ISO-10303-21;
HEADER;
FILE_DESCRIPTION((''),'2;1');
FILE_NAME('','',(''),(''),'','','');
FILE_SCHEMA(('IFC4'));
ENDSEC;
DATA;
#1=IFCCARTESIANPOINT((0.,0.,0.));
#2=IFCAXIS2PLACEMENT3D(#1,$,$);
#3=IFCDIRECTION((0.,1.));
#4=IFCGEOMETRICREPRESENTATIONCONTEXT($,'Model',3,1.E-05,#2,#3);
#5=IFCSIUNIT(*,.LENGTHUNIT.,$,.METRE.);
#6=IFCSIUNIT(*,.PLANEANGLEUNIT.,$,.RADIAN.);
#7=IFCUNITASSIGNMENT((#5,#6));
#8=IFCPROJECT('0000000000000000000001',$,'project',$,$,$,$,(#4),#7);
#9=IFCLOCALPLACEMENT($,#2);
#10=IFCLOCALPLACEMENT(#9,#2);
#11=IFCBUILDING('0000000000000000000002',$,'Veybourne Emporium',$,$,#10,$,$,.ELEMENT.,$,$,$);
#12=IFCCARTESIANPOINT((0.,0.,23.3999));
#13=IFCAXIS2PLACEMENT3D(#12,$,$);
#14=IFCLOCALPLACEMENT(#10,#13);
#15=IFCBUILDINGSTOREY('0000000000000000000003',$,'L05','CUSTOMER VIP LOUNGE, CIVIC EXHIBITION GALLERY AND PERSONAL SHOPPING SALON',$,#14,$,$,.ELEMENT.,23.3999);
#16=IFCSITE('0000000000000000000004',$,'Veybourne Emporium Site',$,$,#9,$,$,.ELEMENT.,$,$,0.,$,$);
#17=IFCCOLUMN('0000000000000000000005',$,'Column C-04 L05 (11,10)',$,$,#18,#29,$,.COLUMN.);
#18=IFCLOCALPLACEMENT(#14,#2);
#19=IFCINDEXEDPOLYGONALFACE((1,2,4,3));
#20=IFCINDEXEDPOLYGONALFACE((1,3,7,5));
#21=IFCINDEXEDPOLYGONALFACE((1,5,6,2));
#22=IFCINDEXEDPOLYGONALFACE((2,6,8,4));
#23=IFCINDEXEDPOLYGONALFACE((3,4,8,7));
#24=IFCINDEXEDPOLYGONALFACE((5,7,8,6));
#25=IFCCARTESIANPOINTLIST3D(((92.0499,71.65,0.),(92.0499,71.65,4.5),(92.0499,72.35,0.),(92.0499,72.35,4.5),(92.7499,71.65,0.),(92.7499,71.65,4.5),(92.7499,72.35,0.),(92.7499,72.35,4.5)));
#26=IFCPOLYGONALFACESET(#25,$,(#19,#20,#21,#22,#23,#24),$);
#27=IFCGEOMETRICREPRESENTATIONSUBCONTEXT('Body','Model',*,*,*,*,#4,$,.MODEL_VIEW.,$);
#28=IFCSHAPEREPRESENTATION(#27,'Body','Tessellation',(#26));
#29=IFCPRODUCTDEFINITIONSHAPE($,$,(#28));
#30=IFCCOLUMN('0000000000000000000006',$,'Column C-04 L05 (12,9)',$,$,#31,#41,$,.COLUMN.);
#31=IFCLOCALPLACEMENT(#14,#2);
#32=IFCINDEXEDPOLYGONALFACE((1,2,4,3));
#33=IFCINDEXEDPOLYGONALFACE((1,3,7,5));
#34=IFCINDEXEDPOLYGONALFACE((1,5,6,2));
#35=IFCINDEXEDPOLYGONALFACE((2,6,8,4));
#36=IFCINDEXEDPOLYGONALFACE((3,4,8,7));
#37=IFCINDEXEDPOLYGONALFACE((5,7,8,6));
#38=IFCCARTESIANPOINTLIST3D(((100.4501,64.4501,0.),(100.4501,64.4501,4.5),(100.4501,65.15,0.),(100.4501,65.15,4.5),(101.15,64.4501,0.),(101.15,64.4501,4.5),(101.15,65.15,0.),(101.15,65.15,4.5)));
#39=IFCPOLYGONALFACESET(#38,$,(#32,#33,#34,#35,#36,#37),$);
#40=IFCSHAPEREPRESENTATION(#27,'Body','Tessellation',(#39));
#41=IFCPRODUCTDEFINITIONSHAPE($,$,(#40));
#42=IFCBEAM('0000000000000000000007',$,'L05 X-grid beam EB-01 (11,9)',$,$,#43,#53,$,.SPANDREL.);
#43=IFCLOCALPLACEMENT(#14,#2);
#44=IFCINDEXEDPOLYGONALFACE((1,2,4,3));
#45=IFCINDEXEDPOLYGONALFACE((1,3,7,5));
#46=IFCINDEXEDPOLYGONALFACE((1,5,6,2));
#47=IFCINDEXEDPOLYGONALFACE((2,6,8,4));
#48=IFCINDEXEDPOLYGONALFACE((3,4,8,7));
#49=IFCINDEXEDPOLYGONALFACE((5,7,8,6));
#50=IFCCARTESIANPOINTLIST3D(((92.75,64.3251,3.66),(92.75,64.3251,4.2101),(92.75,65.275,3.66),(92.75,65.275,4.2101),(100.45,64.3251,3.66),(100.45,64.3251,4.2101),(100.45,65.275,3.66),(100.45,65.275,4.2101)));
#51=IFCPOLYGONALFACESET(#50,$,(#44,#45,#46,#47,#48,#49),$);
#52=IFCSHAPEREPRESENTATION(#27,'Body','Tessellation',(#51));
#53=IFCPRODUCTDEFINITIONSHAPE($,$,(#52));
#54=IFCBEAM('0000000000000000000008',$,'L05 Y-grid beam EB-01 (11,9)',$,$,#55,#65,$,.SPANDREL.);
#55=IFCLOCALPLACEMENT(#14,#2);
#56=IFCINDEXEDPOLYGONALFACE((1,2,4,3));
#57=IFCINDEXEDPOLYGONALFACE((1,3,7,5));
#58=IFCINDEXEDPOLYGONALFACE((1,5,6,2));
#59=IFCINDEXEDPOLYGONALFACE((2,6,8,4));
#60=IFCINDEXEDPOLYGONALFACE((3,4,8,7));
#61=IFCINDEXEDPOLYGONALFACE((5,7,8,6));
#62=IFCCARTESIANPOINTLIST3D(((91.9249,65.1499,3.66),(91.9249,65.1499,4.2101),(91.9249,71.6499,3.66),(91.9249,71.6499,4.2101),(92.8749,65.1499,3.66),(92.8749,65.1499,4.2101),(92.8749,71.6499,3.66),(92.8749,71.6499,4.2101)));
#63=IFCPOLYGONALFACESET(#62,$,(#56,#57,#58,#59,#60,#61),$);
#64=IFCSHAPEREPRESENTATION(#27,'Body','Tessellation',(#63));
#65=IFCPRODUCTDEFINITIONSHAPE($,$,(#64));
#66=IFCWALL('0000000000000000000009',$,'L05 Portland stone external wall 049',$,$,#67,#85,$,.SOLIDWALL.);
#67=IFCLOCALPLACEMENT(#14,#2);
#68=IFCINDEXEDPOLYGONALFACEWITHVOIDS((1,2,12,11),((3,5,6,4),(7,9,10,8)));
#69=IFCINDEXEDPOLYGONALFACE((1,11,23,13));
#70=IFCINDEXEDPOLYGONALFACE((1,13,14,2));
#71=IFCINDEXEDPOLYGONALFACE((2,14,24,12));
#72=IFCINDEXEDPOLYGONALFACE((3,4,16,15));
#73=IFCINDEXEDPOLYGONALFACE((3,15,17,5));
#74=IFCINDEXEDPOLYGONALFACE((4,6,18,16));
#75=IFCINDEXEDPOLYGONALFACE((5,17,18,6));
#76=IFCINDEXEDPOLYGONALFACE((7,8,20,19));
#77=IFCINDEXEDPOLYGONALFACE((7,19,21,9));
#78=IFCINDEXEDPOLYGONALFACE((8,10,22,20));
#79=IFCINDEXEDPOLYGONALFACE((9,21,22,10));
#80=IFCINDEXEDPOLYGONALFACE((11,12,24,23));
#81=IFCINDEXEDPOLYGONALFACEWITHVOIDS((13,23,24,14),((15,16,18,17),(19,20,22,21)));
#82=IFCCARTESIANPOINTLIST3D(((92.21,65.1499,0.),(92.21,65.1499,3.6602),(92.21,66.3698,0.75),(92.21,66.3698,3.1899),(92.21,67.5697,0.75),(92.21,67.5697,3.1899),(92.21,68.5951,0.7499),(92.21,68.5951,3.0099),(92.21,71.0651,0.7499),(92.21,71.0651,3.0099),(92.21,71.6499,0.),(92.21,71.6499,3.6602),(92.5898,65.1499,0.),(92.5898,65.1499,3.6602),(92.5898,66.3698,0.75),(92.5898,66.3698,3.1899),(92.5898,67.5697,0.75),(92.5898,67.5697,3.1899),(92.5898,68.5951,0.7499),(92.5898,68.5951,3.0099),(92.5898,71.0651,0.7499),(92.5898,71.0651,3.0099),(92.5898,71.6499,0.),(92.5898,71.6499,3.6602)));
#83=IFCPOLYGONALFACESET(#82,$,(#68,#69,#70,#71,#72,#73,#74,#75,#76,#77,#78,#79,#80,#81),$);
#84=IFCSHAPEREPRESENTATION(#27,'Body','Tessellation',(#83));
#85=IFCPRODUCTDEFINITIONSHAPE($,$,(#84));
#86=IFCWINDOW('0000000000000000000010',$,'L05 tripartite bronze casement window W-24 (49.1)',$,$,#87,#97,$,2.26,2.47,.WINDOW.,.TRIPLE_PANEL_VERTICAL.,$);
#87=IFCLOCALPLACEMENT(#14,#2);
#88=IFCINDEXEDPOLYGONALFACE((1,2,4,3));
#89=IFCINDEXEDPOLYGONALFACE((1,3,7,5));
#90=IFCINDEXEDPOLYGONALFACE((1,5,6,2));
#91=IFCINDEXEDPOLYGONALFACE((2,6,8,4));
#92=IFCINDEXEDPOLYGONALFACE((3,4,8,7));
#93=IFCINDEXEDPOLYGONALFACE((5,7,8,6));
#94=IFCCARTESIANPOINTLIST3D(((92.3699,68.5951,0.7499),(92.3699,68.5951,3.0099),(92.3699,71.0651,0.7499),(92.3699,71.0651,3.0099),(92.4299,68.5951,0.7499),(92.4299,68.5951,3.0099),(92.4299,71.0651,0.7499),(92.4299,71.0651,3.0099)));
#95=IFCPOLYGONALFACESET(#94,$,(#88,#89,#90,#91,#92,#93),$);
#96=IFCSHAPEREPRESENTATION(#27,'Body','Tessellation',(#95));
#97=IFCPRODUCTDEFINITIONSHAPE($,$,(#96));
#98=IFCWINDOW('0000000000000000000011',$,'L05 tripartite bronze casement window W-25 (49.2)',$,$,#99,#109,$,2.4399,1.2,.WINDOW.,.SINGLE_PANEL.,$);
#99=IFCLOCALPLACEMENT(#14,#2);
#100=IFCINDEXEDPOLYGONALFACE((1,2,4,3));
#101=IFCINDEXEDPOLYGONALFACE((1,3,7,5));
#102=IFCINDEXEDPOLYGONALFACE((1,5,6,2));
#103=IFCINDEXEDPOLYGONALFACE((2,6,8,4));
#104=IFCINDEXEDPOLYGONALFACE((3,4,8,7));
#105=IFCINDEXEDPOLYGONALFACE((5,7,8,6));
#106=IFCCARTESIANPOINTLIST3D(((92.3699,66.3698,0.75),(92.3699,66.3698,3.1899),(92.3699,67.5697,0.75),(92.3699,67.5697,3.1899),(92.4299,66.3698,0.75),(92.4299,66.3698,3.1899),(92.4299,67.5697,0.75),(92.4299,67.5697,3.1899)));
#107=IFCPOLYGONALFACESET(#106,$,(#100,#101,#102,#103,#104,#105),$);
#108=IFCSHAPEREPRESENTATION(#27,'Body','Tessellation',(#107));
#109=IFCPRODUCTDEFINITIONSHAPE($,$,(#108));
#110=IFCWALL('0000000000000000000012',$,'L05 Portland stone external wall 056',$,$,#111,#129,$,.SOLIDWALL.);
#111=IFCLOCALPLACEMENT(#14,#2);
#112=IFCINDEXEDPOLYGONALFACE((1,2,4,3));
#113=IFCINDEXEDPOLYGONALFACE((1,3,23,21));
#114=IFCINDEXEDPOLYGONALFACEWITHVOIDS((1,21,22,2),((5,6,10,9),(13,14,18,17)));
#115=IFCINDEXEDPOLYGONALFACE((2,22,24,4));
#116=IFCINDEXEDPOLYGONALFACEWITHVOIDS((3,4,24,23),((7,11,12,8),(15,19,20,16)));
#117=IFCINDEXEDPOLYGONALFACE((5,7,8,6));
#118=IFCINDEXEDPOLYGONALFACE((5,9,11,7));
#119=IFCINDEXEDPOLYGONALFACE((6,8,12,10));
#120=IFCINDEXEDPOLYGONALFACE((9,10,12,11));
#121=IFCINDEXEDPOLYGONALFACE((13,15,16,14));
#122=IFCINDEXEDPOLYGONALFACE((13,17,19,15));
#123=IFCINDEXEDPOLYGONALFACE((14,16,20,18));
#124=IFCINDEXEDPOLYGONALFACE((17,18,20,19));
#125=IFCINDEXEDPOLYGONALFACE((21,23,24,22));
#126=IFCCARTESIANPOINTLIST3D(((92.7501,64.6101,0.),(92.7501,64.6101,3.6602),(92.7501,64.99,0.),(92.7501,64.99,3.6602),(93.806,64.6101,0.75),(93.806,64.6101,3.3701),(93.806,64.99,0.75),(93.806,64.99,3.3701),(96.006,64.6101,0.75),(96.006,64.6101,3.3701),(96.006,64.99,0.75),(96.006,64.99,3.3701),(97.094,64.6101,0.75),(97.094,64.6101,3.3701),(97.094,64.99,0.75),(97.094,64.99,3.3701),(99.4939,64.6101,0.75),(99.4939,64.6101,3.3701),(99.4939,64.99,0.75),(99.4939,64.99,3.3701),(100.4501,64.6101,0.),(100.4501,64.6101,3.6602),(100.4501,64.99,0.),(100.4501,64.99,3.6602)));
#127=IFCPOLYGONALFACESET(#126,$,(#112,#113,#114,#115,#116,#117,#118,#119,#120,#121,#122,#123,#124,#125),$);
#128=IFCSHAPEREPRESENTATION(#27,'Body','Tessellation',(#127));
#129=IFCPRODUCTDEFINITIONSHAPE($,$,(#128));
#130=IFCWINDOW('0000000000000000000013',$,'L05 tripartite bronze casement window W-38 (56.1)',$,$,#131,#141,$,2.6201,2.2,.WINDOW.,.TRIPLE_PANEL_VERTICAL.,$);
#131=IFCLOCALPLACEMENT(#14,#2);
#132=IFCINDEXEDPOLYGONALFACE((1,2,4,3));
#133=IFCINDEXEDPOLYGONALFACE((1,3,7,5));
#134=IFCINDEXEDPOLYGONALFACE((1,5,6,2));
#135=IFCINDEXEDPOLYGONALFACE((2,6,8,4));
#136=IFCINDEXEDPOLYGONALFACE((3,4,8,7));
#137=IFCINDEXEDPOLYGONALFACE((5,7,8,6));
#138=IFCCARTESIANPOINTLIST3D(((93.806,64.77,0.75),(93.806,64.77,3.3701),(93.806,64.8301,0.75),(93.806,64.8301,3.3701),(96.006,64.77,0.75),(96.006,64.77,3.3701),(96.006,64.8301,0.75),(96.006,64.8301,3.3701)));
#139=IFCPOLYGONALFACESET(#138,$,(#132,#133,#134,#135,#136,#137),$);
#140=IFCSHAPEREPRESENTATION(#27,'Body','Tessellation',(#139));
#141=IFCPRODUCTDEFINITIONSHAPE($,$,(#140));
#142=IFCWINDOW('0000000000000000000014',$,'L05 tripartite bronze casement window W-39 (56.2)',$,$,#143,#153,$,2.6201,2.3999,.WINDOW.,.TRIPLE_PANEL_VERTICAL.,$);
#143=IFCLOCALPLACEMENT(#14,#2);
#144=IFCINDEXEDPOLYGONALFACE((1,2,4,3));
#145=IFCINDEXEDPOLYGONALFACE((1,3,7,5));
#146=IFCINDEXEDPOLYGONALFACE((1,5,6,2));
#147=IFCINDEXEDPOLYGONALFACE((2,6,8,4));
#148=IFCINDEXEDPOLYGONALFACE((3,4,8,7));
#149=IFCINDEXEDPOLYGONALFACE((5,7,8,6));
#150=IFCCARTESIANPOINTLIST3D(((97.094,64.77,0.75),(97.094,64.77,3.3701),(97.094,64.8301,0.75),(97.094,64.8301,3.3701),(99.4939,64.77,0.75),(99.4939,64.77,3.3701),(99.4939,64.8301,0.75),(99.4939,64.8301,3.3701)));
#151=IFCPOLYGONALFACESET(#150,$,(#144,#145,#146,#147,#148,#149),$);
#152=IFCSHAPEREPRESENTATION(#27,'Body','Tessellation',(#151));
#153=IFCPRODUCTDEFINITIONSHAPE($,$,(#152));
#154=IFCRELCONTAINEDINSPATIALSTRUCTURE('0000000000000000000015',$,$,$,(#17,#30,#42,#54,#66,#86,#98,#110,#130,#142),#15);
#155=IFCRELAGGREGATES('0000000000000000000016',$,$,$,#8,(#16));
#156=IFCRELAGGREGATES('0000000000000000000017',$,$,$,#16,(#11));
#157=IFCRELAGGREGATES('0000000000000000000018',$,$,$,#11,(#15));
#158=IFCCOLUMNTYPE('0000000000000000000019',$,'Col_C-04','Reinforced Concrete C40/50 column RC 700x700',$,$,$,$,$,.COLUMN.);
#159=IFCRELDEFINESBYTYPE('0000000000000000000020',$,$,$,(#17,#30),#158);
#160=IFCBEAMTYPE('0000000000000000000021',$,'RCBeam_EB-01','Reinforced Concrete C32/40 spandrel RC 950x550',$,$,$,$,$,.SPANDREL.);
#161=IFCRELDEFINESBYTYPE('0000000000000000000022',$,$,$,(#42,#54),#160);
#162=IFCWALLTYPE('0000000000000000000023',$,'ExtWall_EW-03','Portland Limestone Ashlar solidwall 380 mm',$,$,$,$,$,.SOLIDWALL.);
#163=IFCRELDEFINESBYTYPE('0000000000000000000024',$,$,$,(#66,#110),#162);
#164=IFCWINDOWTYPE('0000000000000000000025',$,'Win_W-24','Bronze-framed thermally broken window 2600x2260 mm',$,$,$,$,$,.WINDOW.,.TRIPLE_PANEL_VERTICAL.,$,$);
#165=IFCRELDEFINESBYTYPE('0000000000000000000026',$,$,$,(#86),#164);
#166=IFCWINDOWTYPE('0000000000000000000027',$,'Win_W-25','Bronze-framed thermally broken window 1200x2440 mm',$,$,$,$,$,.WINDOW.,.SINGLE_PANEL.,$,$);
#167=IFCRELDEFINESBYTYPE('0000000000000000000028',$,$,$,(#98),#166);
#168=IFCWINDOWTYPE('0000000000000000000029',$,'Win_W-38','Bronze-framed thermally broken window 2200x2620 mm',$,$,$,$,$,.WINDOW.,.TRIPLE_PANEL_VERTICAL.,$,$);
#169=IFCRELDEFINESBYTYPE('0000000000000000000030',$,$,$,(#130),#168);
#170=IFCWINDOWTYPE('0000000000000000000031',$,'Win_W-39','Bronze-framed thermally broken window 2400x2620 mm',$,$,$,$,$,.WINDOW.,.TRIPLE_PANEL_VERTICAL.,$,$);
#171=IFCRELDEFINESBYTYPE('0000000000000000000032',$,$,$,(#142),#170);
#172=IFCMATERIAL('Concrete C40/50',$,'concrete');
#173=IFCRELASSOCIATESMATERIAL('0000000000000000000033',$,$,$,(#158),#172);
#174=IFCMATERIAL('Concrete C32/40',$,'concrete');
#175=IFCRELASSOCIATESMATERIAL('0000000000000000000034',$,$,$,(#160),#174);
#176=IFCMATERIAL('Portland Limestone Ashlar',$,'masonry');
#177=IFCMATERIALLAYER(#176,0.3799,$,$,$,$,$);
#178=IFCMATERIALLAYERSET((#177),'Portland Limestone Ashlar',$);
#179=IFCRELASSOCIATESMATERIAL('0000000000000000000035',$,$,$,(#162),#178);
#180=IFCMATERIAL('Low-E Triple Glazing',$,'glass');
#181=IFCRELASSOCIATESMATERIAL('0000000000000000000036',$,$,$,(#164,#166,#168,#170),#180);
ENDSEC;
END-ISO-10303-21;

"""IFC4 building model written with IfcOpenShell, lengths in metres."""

from ifc_helpers import new_model, si_unit, direction, frame, frame_2d, origin, origin_2d, place, context, subcontext, project, spatial, rectangle, extrude, material, layer, layer_set, material_profile, profile_set, type_object, element, fill, save


model = new_model("IFC4")

# Units and contexts
model_context = context("Model", 3, precision=1e-05, world=origin(), true_north=direction((0.0, 1.0)))
body_context = subcontext(model_context, "Body", "Model", "MODEL_VIEW")
ifc_project = project(units=[si_unit("LENGTHUNIT", "METRE"), si_unit("PLANEANGLEUNIT", "RADIAN")], contexts=[model_context])

# Site, building, storey
site_placement = place(None, origin())
site = spatial("IfcSite", under=ifc_project, at=site_placement, Name="Veybourne Emporium Site", CompositionType="ELEMENT", RefElevation=0.0)
building_placement = place(site_placement, origin())
building = spatial("IfcBuilding", under=site, at=building_placement, Name="Veybourne Emporium", CompositionType="ELEMENT")
storey_placement = place(building_placement, frame((0.0, 0.0, 23.3999)))
storey = spatial("IfcBuildingStorey", under=building, at=storey_placement, Name="L05", Description="CUSTOMER VIP LOUNGE, CIVIC EXHIBITION GALLERY AND PERSONAL SHOPPING SALON", CompositionType="ELEMENT", Elevation=23.3999)

# Columns
ifc_material_1 = material(Name="Concrete C40/50", Category="concrete")
ifc_material_profile_1 = material_profile(ifc_material_1, rectangle(XDim=0.7, YDim=0.7, at=origin_2d()), Name="RC 700x700")
ifc_profile_set_1 = profile_set([ifc_material_profile_1], Name="Concrete C40/50")
column_type = type_object("IfcColumnType", Name="Col_C-04", Description="Reinforced Concrete C40/50 column RC 700x700", PredefinedType="COLUMN", material=ifc_profile_set_1)
for number, where, z_axis, x_axis, name in (
    (1, (92.3999, 72.0, 0.0), (0.0, 0.0, 1.0), (1.0, 0.0, 0.0), "Column C-04 L05 (11,10)"),
    (2, (100.8, 64.8, 0.0), (0.0, 0.0, 1.0), (1.0, 0.0, 0.0), "Column C-04 L05 (12,9)"),
):
    element("IfcColumn", number, at=place(storey_placement, frame(where, z_axis=z_axis, x_axis=x_axis)), inside=storey, type_object=column_type, Name=name, PredefinedType="COLUMN", context=body_context, shape_type="SweptSolid", body=[
        extrude(rectangle(XDim=0.7, YDim=0.7, at=origin_2d()), origin(), (0.0, 0.0, 1.0), 4.5),
    ])

# Beams
ifc_material_2 = material(Name="Concrete C32/40", Category="concrete")
ifc_material_profile_2 = material_profile(ifc_material_2, rectangle(XDim=0.95, YDim=0.55, at=origin_2d()), Name="RC 950x550")
ifc_profile_set_2 = profile_set([ifc_material_profile_2], Name="Concrete C32/40")
beam_type = type_object("IfcBeamType", Name="RCBeam_EB-01", Description="Reinforced Concrete C32/40 spandrel RC 950x550", PredefinedType="SPANDREL", material=ifc_profile_set_2)
beam_1_placement = place(storey_placement, frame((92.75, 64.8, 3.9351), z_axis=(1.0, 0.0, 0.0), x_axis=(0.0, 1.0, 0.0)))
element("IfcBeam", 3, at=beam_1_placement, inside=storey, type_object=beam_type, Name="L05 X-grid beam EB-01 (11,9)", PredefinedType="SPANDREL", context=body_context, shape_type="SweptSolid", body=[
    extrude(rectangle(XDim=0.95, YDim=0.55, at=origin_2d()), origin(), (0.0, 0.0, 1.0), 7.7),
])
beam_2_placement = place(storey_placement, frame((92.3999, 65.1499, 3.9351), z_axis=(0.0, 1.0, 0.0), x_axis=(-1.0, 0.0, 0.0)))
element("IfcBeam", 4, at=beam_2_placement, inside=storey, type_object=beam_type, Name="L05 Y-grid beam EB-01 (11,9)", PredefinedType="SPANDREL", context=body_context, shape_type="SweptSolid", body=[
    extrude(rectangle(XDim=0.95, YDim=0.55, at=origin_2d()), origin(), (0.0, 0.0, 1.0), 6.5),
])

# Walls, openings, windows
ifc_material_3 = material(Name="Portland Limestone Ashlar", Category="masonry")
ifc_layer_1 = layer(ifc_material_3, 0.3799)
ifc_layer_set_1 = layer_set([ifc_layer_1], Name="Portland Limestone Ashlar")
wall_type = type_object("IfcWallType", Name="ExtWall_EW-03", Description="Portland Limestone Ashlar solidwall 380 mm", PredefinedType="SOLIDWALL", material=ifc_layer_set_1)
wall_1_placement = place(storey_placement, frame((92.3999, 71.6499, 0.0), z_axis=(0.0, 0.0, 1.0), x_axis=(0.0, -1.0, 0.0)))
wall_1 = element("IfcWall", 5, at=wall_1_placement, inside=storey, type_object=wall_type, Name="L05 Portland stone external wall 049", PredefinedType="SOLIDWALL", context=body_context, shape_type="SweptSolid", body=[
    extrude(rectangle(XDim=6.5, YDim=0.3799, at=frame_2d((3.25, 0.0))), origin(), (0.0, 0.0, 1.0), 3.6602),
])
opening_1_placement = place(wall_1_placement, frame((0.585, 0.0, 0.75)))
opening_1 = element("IfcOpeningElement", 6, at=opening_1_placement, cuts=wall_1, PredefinedType="OPENING", context=body_context, shape_type="SweptSolid", body=[
    extrude(rectangle(XDim=2.47, YDim=2.26, at=frame_2d((1.2349, 1.1299))), frame((0.0, 0.21, 0.0), z_axis=(0.0, -1.0, 0.0), x_axis=(1.0, 0.0, 0.0)), (0.0, 0.0, 1.0), 0.4199),
])
opening_2_placement = place(wall_1_placement, frame((4.0801, 0.0, 0.75)))
opening_2 = element("IfcOpeningElement", 7, at=opening_2_placement, cuts=wall_1, PredefinedType="OPENING", context=body_context, shape_type="SweptSolid", body=[
    extrude(rectangle(XDim=1.2, YDim=2.4399, at=frame_2d((0.6001, 1.22))), frame((0.0, 0.21, 0.0), z_axis=(0.0, -1.0, 0.0), x_axis=(1.0, 0.0, 0.0)), (0.0, 0.0, 1.0), 0.4199),
])
ifc_material_4 = material(Name="Low-E Triple Glazing", Category="glass")
window_type_1 = type_object("IfcWindowType", Name="Win_W-24", Description="Bronze-framed thermally broken window 2600x2260 mm", PartitioningType="TRIPLE_PANEL_VERTICAL", PredefinedType="WINDOW", material=ifc_material_4)
window_1_placement = place(opening_1_placement, origin())
window_1 = element("IfcWindow", 8, at=window_1_placement, inside=storey, type_object=window_type_1, Name="L05 tripartite bronze casement window W-24 (49.1)", OverallHeight=2.26, OverallWidth=2.47, PartitioningType="TRIPLE_PANEL_VERTICAL", PredefinedType="WINDOW", context=body_context, shape_type="SweptSolid", body=[
    extrude(rectangle(XDim=2.47, YDim=2.26, at=frame_2d((1.2349, 1.1299))), frame((0.0, 0.03, 0.0), z_axis=(0.0, -1.0, 0.0), x_axis=(1.0, 0.0, 0.0)), (0.0, 0.0, 1.0), 0.0601),
])
fill(opening_1, window_1)
window_type_2 = type_object("IfcWindowType", Name="Win_W-25", Description="Bronze-framed thermally broken window 1200x2440 mm", PartitioningType="SINGLE_PANEL", PredefinedType="WINDOW", material=ifc_material_4)
window_2_placement = place(opening_2_placement, origin())
window_2 = element("IfcWindow", 9, at=window_2_placement, inside=storey, type_object=window_type_2, Name="L05 tripartite bronze casement window W-25 (49.2)", OverallHeight=2.4399, OverallWidth=1.2, PartitioningType="SINGLE_PANEL", PredefinedType="WINDOW", context=body_context, shape_type="SweptSolid", body=[
    extrude(rectangle(XDim=1.2, YDim=2.4399, at=frame_2d((0.6001, 1.22))), frame((0.0, 0.03, 0.0), z_axis=(0.0, -1.0, 0.0), x_axis=(1.0, 0.0, 0.0)), (0.0, 0.0, 1.0), 0.0601),
])
fill(opening_2, window_2)
wall_2_placement = place(storey_placement, frame((92.75, 64.8, 0.0), z_axis=(0.0, 0.0, 1.0), x_axis=(1.0, 0.0, 0.0)))
wall_2 = element("IfcWall", 10, at=wall_2_placement, inside=storey, type_object=wall_type, Name="L05 Portland stone external wall 056", PredefinedType="SOLIDWALL", context=body_context, shape_type="SweptSolid", body=[
    extrude(rectangle(XDim=7.7, YDim=0.3799, at=frame_2d((3.8501, 0.0))), origin(), (0.0, 0.0, 1.0), 3.6602),
])
opening_3_placement = place(wall_2_placement, frame((1.0559, 0.0, 0.75)))
opening_3 = element("IfcOpeningElement", 11, at=opening_3_placement, cuts=wall_2, PredefinedType="OPENING", context=body_context, shape_type="SweptSolid", body=[
    extrude(rectangle(XDim=2.2, YDim=2.6201, at=frame_2d((1.1001, 1.3101))), frame((0.0, 0.21, 0.0), z_axis=(0.0, -1.0, 0.0), x_axis=(1.0, 0.0, 0.0)), (0.0, 0.0, 1.0), 0.4199),
])
opening_4_placement = place(wall_2_placement, frame((4.344, 0.0, 0.75)))
opening_4 = element("IfcOpeningElement", 12, at=opening_4_placement, cuts=wall_2, PredefinedType="OPENING", context=body_context, shape_type="SweptSolid", body=[
    extrude(rectangle(XDim=2.3999, YDim=2.6201, at=frame_2d((1.2, 1.3101))), frame((0.0, 0.21, 0.0), z_axis=(0.0, -1.0, 0.0), x_axis=(1.0, 0.0, 0.0)), (0.0, 0.0, 1.0), 0.4199),
])
window_type_3 = type_object("IfcWindowType", Name="Win_W-38", Description="Bronze-framed thermally broken window 2200x2620 mm", PartitioningType="TRIPLE_PANEL_VERTICAL", PredefinedType="WINDOW", material=ifc_material_4)
window_3_placement = place(opening_3_placement, origin())
window_3 = element("IfcWindow", 13, at=window_3_placement, inside=storey, type_object=window_type_3, Name="L05 tripartite bronze casement window W-38 (56.1)", OverallHeight=2.6201, OverallWidth=2.2, PartitioningType="TRIPLE_PANEL_VERTICAL", PredefinedType="WINDOW", context=body_context, shape_type="SweptSolid", body=[
    extrude(rectangle(XDim=2.2, YDim=2.6201, at=frame_2d((1.1001, 1.3101))), frame((0.0, 0.03, 0.0), z_axis=(0.0, -1.0, 0.0), x_axis=(1.0, 0.0, 0.0)), (0.0, 0.0, 1.0), 0.0601),
])
fill(opening_3, window_3)
window_type_4 = type_object("IfcWindowType", Name="Win_W-39", Description="Bronze-framed thermally broken window 2400x2620 mm", PartitioningType="TRIPLE_PANEL_VERTICAL", PredefinedType="WINDOW", material=ifc_material_4)
window_4_placement = place(opening_4_placement, origin())
window_4 = element("IfcWindow", 14, at=window_4_placement, inside=storey, type_object=window_type_4, Name="L05 tripartite bronze casement window W-39 (56.2)", OverallHeight=2.6201, OverallWidth=2.3999, PartitioningType="TRIPLE_PANEL_VERTICAL", PredefinedType="WINDOW", context=body_context, shape_type="SweptSolid", body=[
    extrude(rectangle(XDim=2.3999, YDim=2.6201, at=frame_2d((1.2, 1.3101))), frame((0.0, 0.03, 0.0), z_axis=(0.0, -1.0, 0.0), x_axis=(1.0, 0.0, 0.0)), (0.0, 0.0, 1.0), 0.0601),
])
fill(opening_4, window_4)

save(model, "model.ifc")
